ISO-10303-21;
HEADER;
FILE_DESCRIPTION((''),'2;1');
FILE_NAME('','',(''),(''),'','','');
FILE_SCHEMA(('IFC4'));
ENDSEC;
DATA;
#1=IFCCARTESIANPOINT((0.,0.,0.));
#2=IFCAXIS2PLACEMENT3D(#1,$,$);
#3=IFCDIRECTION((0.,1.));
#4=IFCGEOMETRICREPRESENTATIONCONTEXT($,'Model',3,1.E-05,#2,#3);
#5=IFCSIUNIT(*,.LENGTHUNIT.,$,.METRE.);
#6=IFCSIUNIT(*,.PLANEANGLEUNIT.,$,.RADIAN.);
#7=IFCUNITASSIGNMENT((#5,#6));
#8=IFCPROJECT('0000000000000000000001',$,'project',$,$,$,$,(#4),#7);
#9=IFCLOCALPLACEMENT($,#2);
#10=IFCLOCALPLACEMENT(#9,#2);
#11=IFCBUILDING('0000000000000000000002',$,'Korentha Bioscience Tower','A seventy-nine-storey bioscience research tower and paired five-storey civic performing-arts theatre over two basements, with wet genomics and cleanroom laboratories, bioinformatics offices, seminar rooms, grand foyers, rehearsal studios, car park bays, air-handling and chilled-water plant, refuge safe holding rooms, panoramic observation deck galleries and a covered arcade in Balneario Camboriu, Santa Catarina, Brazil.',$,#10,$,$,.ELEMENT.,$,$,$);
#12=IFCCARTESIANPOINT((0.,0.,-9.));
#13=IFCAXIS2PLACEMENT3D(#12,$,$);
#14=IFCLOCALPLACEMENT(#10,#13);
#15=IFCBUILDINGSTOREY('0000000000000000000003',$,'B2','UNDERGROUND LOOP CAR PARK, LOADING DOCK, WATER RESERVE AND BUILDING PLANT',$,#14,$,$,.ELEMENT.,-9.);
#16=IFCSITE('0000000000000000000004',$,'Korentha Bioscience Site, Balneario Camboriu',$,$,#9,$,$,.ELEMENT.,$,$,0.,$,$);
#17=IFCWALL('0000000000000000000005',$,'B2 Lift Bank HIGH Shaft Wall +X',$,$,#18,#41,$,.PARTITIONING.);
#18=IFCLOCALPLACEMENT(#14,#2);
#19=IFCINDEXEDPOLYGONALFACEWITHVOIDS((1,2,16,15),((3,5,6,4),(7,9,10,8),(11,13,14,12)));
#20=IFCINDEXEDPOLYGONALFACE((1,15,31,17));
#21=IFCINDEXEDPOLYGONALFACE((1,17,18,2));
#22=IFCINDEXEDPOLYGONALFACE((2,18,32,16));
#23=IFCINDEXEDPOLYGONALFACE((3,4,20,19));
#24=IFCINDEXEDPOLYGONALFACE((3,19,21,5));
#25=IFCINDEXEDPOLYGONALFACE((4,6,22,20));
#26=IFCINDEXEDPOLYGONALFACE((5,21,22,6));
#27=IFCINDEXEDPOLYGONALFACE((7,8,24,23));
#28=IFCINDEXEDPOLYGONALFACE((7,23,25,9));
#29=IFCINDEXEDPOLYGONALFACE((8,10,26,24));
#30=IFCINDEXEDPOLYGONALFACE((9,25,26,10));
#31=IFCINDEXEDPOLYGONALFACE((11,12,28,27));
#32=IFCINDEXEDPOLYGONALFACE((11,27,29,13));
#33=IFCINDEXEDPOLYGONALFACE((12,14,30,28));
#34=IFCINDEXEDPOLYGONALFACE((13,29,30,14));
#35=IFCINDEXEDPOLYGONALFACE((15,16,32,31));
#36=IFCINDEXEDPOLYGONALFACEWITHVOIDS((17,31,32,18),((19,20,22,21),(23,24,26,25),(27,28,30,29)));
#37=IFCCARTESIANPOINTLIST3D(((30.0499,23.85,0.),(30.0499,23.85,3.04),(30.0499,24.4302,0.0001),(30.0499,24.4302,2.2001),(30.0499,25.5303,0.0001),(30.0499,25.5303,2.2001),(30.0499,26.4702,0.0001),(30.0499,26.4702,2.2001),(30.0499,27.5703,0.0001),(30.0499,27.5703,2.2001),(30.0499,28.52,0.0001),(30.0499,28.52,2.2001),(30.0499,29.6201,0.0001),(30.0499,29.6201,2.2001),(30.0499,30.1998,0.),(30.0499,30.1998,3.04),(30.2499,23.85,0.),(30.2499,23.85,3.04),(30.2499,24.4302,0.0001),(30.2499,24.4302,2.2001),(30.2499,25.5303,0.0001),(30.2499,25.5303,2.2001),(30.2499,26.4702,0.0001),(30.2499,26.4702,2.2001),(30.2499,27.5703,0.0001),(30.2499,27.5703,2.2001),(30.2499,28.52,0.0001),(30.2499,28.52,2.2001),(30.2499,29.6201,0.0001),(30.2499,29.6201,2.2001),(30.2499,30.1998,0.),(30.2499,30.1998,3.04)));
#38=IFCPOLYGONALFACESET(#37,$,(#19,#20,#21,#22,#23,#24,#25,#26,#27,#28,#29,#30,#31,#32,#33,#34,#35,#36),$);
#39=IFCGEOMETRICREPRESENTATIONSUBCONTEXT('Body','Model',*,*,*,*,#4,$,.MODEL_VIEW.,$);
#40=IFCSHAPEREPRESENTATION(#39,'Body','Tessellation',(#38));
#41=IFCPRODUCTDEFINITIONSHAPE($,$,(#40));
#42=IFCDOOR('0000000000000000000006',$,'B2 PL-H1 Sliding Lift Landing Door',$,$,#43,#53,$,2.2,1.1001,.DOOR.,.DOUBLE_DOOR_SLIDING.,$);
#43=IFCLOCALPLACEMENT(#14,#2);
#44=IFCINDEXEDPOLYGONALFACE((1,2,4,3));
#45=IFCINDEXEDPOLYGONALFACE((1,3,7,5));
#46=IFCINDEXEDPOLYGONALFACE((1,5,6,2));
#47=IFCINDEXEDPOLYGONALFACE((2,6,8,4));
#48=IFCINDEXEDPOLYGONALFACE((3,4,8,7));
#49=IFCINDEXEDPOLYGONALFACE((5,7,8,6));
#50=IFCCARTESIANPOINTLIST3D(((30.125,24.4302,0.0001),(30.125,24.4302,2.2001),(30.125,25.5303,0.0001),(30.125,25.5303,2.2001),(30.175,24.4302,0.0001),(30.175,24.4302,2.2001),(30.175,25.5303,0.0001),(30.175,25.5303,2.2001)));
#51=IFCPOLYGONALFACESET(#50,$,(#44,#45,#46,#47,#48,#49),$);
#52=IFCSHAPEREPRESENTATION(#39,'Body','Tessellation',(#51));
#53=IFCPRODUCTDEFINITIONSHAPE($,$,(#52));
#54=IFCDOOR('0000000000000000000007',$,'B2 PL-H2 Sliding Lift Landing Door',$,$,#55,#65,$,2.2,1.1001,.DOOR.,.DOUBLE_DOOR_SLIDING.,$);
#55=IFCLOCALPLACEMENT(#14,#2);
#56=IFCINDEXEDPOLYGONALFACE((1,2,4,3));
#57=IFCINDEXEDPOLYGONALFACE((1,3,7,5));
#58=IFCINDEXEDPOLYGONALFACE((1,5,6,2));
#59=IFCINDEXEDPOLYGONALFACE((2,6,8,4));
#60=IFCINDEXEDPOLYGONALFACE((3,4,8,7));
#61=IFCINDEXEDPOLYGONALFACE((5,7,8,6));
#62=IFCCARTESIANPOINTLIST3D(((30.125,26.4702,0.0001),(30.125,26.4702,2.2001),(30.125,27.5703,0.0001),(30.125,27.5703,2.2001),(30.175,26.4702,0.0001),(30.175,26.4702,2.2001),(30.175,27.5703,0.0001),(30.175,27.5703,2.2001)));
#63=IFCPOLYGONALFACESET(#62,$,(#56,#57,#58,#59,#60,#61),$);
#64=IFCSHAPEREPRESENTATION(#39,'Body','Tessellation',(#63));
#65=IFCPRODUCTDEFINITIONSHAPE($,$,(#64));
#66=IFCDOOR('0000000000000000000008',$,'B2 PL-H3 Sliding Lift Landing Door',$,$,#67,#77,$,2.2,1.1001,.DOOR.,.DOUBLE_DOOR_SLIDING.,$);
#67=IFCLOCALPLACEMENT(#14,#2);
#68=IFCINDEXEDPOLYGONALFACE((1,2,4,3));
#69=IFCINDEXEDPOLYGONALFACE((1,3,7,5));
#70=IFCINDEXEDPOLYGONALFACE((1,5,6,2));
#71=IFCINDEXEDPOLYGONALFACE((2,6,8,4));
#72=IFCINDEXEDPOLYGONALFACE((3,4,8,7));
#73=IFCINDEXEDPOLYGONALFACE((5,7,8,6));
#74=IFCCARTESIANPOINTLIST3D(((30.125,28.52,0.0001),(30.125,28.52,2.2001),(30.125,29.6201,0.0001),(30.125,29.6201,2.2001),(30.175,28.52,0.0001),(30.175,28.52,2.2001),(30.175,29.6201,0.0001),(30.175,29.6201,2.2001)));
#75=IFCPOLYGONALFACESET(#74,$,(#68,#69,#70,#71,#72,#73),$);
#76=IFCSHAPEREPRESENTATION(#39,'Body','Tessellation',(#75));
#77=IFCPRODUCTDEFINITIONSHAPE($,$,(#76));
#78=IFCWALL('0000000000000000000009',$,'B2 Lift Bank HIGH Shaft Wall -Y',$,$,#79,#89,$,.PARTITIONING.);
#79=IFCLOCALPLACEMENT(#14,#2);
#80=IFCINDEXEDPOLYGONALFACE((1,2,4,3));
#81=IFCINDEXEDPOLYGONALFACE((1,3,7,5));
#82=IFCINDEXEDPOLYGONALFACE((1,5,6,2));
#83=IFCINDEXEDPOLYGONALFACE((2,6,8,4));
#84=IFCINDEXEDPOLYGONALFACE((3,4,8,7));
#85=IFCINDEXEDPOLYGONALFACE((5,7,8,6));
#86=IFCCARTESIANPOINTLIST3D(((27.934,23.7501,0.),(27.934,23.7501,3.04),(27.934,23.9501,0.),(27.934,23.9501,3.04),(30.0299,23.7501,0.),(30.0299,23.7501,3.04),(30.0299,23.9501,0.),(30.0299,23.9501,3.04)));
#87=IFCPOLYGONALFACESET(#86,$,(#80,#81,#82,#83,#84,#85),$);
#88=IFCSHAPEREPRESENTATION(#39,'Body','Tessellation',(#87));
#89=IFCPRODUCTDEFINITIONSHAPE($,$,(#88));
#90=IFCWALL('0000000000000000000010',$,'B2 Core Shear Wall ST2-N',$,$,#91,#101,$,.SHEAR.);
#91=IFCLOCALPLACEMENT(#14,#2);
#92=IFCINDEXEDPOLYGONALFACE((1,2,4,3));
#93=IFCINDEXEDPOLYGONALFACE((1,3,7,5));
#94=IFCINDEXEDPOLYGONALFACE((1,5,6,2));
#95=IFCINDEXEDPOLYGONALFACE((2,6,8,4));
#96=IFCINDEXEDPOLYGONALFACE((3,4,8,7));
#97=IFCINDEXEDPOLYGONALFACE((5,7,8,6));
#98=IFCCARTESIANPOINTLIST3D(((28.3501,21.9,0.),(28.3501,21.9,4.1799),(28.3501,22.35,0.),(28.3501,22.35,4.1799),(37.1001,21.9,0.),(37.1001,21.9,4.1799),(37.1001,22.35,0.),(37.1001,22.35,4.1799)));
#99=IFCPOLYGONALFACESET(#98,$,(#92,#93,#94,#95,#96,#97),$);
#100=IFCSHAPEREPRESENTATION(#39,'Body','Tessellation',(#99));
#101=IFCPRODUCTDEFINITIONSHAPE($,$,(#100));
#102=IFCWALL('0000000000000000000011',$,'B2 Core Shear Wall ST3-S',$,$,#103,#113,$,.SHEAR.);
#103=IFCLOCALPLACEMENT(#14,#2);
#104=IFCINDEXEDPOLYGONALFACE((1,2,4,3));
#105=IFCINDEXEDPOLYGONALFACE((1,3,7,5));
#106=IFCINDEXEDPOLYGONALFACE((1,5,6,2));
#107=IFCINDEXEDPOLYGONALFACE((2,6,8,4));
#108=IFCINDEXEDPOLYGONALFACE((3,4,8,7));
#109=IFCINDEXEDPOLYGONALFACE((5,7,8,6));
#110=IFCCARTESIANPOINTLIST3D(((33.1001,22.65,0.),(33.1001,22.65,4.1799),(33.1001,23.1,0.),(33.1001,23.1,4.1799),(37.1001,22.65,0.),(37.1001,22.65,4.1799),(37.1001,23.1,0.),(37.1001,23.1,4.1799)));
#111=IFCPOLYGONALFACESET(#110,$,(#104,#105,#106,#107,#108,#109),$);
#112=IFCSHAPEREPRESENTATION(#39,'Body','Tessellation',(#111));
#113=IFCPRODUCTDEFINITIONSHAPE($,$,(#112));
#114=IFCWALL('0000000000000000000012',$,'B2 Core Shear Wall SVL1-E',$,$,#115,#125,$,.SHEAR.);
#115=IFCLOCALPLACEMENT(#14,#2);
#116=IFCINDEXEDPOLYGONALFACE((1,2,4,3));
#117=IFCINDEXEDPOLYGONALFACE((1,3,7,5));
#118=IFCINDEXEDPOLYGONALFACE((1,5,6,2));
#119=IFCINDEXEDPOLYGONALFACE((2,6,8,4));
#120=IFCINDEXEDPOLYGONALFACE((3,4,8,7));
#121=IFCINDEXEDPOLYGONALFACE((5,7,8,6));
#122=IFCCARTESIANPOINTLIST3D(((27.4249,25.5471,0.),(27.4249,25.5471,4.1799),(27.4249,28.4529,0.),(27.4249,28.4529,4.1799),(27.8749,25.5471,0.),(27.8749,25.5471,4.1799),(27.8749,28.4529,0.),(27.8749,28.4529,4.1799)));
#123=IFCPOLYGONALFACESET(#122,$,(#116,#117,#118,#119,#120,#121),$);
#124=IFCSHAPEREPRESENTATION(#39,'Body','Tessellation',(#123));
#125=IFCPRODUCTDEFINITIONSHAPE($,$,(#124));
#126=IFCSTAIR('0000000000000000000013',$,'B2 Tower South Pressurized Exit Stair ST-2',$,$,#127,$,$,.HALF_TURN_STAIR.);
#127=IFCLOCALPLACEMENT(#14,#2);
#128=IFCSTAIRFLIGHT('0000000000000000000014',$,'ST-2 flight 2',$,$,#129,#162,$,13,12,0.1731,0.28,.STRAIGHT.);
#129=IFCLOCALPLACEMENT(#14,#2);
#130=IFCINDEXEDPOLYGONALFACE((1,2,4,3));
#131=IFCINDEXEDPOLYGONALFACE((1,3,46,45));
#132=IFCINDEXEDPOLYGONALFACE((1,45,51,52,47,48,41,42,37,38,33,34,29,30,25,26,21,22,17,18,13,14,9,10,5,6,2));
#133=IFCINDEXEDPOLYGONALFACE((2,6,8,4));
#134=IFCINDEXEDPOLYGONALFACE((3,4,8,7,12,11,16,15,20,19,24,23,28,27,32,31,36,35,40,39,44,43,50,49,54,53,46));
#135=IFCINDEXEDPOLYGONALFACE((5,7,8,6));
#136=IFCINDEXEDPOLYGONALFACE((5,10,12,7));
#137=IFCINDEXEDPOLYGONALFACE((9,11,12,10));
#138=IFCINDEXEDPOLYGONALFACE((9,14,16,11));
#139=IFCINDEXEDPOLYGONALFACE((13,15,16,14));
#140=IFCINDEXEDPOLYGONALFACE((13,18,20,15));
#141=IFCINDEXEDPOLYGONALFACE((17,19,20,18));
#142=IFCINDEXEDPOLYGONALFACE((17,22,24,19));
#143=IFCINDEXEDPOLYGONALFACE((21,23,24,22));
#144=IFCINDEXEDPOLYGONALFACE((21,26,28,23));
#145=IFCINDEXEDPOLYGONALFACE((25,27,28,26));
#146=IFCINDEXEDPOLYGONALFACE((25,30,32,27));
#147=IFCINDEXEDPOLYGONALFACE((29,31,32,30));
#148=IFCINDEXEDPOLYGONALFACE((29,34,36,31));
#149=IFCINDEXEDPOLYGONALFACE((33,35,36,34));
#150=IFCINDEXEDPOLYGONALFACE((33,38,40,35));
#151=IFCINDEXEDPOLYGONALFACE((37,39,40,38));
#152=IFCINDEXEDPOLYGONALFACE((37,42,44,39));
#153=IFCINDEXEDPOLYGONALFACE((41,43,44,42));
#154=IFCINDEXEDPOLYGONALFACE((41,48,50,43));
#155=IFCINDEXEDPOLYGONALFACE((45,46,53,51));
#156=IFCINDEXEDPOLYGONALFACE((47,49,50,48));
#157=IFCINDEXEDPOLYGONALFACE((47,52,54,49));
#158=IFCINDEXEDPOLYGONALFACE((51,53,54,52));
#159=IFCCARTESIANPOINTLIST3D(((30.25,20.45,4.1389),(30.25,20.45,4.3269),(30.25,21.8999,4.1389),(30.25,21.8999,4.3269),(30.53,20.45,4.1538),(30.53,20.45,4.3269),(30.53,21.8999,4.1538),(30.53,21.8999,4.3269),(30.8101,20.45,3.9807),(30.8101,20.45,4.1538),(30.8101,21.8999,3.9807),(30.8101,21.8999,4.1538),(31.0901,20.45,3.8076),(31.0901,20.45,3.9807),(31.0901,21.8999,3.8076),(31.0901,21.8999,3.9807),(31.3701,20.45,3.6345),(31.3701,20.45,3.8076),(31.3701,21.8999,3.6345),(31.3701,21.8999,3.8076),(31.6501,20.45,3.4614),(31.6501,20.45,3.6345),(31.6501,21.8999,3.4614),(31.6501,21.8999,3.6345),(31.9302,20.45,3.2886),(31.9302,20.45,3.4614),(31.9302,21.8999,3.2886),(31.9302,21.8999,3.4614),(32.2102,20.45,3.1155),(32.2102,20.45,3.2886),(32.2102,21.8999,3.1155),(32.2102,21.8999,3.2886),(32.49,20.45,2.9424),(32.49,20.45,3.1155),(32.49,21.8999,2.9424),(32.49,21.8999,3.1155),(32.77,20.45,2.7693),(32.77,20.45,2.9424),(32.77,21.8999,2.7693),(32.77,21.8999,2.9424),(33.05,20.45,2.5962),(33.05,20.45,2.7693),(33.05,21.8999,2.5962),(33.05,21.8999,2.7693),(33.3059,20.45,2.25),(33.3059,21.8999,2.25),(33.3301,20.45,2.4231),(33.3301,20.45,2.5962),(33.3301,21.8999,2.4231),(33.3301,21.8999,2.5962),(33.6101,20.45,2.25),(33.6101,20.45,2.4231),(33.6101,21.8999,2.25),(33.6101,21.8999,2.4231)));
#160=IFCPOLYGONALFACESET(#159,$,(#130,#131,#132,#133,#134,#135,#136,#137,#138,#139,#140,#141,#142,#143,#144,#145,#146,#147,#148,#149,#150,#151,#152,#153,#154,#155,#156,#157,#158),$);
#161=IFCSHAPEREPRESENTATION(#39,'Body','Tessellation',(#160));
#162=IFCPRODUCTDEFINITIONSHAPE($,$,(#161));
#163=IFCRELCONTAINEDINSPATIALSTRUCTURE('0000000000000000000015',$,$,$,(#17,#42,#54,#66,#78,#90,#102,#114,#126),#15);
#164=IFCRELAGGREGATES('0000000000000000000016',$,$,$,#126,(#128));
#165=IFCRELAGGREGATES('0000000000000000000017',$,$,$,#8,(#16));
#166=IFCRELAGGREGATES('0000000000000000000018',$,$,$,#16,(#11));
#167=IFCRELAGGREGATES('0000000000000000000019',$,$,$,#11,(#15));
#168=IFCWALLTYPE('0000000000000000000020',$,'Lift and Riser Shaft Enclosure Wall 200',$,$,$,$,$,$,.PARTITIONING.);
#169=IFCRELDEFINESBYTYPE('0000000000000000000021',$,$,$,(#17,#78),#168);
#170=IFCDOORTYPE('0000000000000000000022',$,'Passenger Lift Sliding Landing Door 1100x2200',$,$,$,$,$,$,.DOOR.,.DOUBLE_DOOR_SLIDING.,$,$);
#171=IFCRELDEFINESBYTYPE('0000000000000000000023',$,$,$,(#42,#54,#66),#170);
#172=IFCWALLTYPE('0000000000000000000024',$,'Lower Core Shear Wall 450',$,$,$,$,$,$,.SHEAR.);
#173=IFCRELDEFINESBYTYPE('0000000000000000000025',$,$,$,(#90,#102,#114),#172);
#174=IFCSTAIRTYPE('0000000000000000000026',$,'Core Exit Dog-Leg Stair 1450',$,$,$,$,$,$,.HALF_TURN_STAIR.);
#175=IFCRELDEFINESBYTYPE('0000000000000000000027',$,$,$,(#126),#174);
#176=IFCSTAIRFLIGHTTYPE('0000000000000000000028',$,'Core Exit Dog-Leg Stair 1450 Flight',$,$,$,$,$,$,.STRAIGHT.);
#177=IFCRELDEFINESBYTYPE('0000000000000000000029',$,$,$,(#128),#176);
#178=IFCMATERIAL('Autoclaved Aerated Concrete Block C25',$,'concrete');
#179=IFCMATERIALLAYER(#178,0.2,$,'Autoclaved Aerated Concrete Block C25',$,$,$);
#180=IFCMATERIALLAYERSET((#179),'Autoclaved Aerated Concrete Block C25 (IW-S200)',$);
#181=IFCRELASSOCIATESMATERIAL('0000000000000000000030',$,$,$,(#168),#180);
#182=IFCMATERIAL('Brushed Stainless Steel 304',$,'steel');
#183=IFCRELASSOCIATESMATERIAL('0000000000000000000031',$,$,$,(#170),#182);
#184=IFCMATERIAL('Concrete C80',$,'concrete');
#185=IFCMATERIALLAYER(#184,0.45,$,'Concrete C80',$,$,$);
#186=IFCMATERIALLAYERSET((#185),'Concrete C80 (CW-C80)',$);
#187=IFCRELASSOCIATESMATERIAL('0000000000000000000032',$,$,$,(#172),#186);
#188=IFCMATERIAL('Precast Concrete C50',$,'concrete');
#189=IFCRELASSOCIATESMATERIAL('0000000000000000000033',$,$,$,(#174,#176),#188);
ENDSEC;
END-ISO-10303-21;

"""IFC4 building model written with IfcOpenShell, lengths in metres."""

from ifc_helpers import new_model, si_unit, direction, frame, frame_2d, origin, place, context, subcontext, project, spatial, polyline, rectangle, outline, extrude, material, layer, layer_set, type_object, element, fill, aggregate, save


model = new_model("IFC4")

# Units and contexts
model_context = context("Model", 3, precision=1e-05, world=origin(), true_north=direction((0.0, 1.0)))
body_context = subcontext(model_context, "Body", "Model", "MODEL_VIEW")
ifc_project = project(units=[si_unit("LENGTHUNIT", "METRE"), si_unit("PLANEANGLEUNIT", "RADIAN")], contexts=[model_context])

# Site, building, storey
site_placement = place(None, origin())
site = spatial("IfcSite", under=ifc_project, at=site_placement, Name="Korentha Bioscience Site, Balneario Camboriu", CompositionType="ELEMENT", RefElevation=0.0)
building_placement = place(site_placement, origin())
building = spatial("IfcBuilding", under=site, at=building_placement, Name="Korentha Bioscience Tower", Description="A seventy-nine-storey bioscience research tower and paired five-storey civic performing-arts theatre over two basements, with wet genomics and cleanroom laboratories, bioinformatics offices, seminar rooms, grand foyers, rehearsal studios, car park bays, air-handling and chilled-water plant, refuge safe holding rooms, panoramic observation deck galleries and a covered arcade in Balneario Camboriu, Santa Catarina, Brazil.", CompositionType="ELEMENT")
storey_placement = place(building_placement, frame((0.0, 0.0, -9.0)))
storey = spatial("IfcBuildingStorey", under=building, at=storey_placement, Name="B2", Description="UNDERGROUND LOOP CAR PARK, LOADING DOCK, WATER RESERVE AND BUILDING PLANT", CompositionType="ELEMENT", Elevation=-9.0)

# Shared definitions
ifc_material_1 = material(Name="Autoclaved Aerated Concrete Block C25", Category="concrete")
ifc_layer_1 = layer(ifc_material_1, 0.2, Name="Autoclaved Aerated Concrete Block C25")
ifc_layer_set_1 = layer_set([ifc_layer_1], Name="Autoclaved Aerated Concrete Block C25 (IW-S200)")
wall_type_1 = type_object("IfcWallType", Name="Lift and Riser Shaft Enclosure Wall 200", PredefinedType="PARTITIONING", material=ifc_layer_set_1)

# Wall, openings, doors
wall_1_placement = place(storey_placement, frame((30.1499, 23.8501, 0.0), z_axis=(0.0, 0.0, 1.0), x_axis=(0.0, 1.0, 0.0)))
wall_1 = element("IfcWall", 1, at=wall_1_placement, inside=storey, type_object=wall_type_1, Name="B2 Lift Bank HIGH Shaft Wall +X", PredefinedType="PARTITIONING", context=body_context, shape_type="SweptSolid", body=[
    extrude(rectangle(XDim=6.3499, YDim=0.2, at=frame_2d((3.1748, 0.0))), origin(), (0.0, 0.0, 1.0), 3.04),
])
opening_1_placement = place(wall_1_placement, frame((0.5801, 0.0, 0.0)))
opening_1 = element("IfcOpeningElement", 2, at=opening_1_placement, cuts=wall_1, PredefinedType="OPENING", context=body_context, shape_type="SweptSolid", body=[
    extrude(rectangle(XDim=1.1001, YDim=2.2, at=frame_2d((0.55, 1.1001))), frame((0.0, 0.1147, 0.0), z_axis=(0.0, -1.0, 0.0), x_axis=(1.0, 0.0, 0.0)), (0.0, 0.0, 1.0), 0.2297),
])
opening_2_placement = place(wall_1_placement, frame((2.6201, 0.0, 0.0)))
opening_2 = element("IfcOpeningElement", 3, at=opening_2_placement, cuts=wall_1, PredefinedType="OPENING", context=body_context, shape_type="SweptSolid", body=[
    extrude(rectangle(XDim=1.1001, YDim=2.2, at=frame_2d((0.55, 1.1001))), frame((0.0, 0.1147, 0.0), z_axis=(0.0, -1.0, 0.0), x_axis=(1.0, 0.0, 0.0)), (0.0, 0.0, 1.0), 0.2297),
])
opening_3_placement = place(wall_1_placement, frame((4.6699, 0.0, 0.0)))
opening_3 = element("IfcOpeningElement", 4, at=opening_3_placement, cuts=wall_1, PredefinedType="OPENING", context=body_context, shape_type="SweptSolid", body=[
    extrude(rectangle(XDim=1.1001, YDim=2.2, at=frame_2d((0.55, 1.1001))), frame((0.0, 0.1147, 0.0), z_axis=(0.0, -1.0, 0.0), x_axis=(1.0, 0.0, 0.0)), (0.0, 0.0, 1.0), 0.2297),
])
ifc_material_2 = material(Name="Brushed Stainless Steel 304", Category="steel")
door_type_1 = type_object("IfcDoorType", Name="Passenger Lift Sliding Landing Door 1100x2200", OperationType="DOUBLE_DOOR_SLIDING", PredefinedType="DOOR", material=ifc_material_2)
door_1_placement = place(opening_1_placement, origin())
door_1 = element("IfcDoor", 5, at=door_1_placement, inside=storey, type_object=door_type_1, Name="B2 PL-H1 Sliding Lift Landing Door", OperationType="DOUBLE_DOOR_SLIDING", OverallHeight=2.2, OverallWidth=1.1001, PredefinedType="DOOR", context=body_context, shape_type="SweptSolid", body=[
    extrude(rectangle(XDim=1.1001, YDim=2.2, at=frame_2d((0.55, 1.1001))), frame((0.0, 0.0249, 0.0), z_axis=(0.0, -1.0, 0.0), x_axis=(1.0, 0.0, 0.0)), (0.0, 0.0, 1.0), 0.05),
])
fill(opening_1, door_1)
door_2_placement = place(opening_2_placement, origin())
door_2 = element("IfcDoor", 6, at=door_2_placement, inside=storey, type_object=door_type_1, Name="B2 PL-H2 Sliding Lift Landing Door", OperationType="DOUBLE_DOOR_SLIDING", OverallHeight=2.2, OverallWidth=1.1001, PredefinedType="DOOR", context=body_context, shape_type="SweptSolid", body=[
    extrude(rectangle(XDim=1.1001, YDim=2.2, at=frame_2d((0.55, 1.1001))), frame((0.0, 0.0249, 0.0), z_axis=(0.0, -1.0, 0.0), x_axis=(1.0, 0.0, 0.0)), (0.0, 0.0, 1.0), 0.05),
])
fill(opening_2, door_2)
door_3_placement = place(opening_3_placement, origin())
door_3 = element("IfcDoor", 7, at=door_3_placement, inside=storey, type_object=door_type_1, Name="B2 PL-H3 Sliding Lift Landing Door", OperationType="DOUBLE_DOOR_SLIDING", OverallHeight=2.2, OverallWidth=1.1001, PredefinedType="DOOR", context=body_context, shape_type="SweptSolid", body=[
    extrude(rectangle(XDim=1.1001, YDim=2.2, at=frame_2d((0.55, 1.1001))), frame((0.0, 0.0249, 0.0), z_axis=(0.0, -1.0, 0.0), x_axis=(1.0, 0.0, 0.0)), (0.0, 0.0, 1.0), 0.05),
])
fill(opening_3, door_3)

# Walls
wall_2_placement = place(storey_placement, frame((27.9341, 23.8501, 0.0), z_axis=(0.0, 0.0, 1.0), x_axis=(1.0, 0.0, 0.0)))
element("IfcWall", 8, at=wall_2_placement, inside=storey, type_object=wall_type_1, Name="B2 Lift Bank HIGH Shaft Wall -Y", PredefinedType="PARTITIONING", context=body_context, shape_type="SweptSolid", body=[
    extrude(rectangle(XDim=2.0959, YDim=0.2, at=frame_2d((1.0479, 0.0))), origin(), (0.0, 0.0, 1.0), 3.04),
])
ifc_material_3 = material(Name="Concrete C80", Category="concrete")
ifc_layer_2 = layer(ifc_material_3, 0.45, Name="Concrete C80")
ifc_layer_set_2 = layer_set([ifc_layer_2], Name="Concrete C80 (CW-C80)")
wall_type_2 = type_object("IfcWallType", Name="Lower Core Shear Wall 450", PredefinedType="SHEAR", material=ifc_layer_set_2)
wall_3_placement = place(storey_placement, frame((28.3501, 22.125, 0.0), z_axis=(0.0, 0.0, 1.0), x_axis=(1.0, 0.0, 0.0)))
element("IfcWall", 9, at=wall_3_placement, inside=storey, type_object=wall_type_2, Name="B2 Core Shear Wall ST2-N", PredefinedType="SHEAR", context=body_context, shape_type="SweptSolid", body=[
    extrude(rectangle(XDim=8.75, YDim=0.45, at=frame_2d((4.375, 0.0))), origin(), (0.0, 0.0, 1.0), 4.1799),
])
wall_4_placement = place(storey_placement, frame((33.1001, 22.875, 0.0), z_axis=(0.0, 0.0, 1.0), x_axis=(1.0, 0.0, 0.0)))
element("IfcWall", 10, at=wall_4_placement, inside=storey, type_object=wall_type_2, Name="B2 Core Shear Wall ST3-S", PredefinedType="SHEAR", context=body_context, shape_type="SweptSolid", body=[
    extrude(rectangle(XDim=4.0, YDim=0.45, at=frame_2d((2.0, 0.0))), origin(), (0.0, 0.0, 1.0), 4.1799),
])

# Wall
wall_5_placement = place(storey_placement, frame((27.6499, 25.5471, 0.0), z_axis=(0.0, 0.0, 1.0), x_axis=(0.0, 1.0, 0.0)))
element("IfcWall", 11, at=wall_5_placement, inside=storey, type_object=wall_type_2, Name="B2 Core Shear Wall SVL1-E", PredefinedType="SHEAR", context=body_context, shape_type="SweptSolid", body=[
    extrude(rectangle(XDim=2.9058, YDim=0.45, at=frame_2d((1.4529, 0.0))), origin(), (0.0, 0.0, 1.0), 4.1799),
])

# Stair, stair flight
ifc_material_4 = material(Name="Precast Concrete C50", Category="concrete")
stair_type = type_object("IfcStairType", Name="Core Exit Dog-Leg Stair 1450", PredefinedType="HALF_TURN_STAIR", material=ifc_material_4)
stair_1_placement = place(storey_placement, origin())
stair_1 = element("IfcStair", 12, at=stair_1_placement, inside=storey, type_object=stair_type, Name="B2 Tower South Pressurized Exit Stair ST-2", PredefinedType="HALF_TURN_STAIR")
stair_flight_type = type_object("IfcStairFlightType", Name="Core Exit Dog-Leg Stair 1450 Flight", PredefinedType="STRAIGHT", material=ifc_material_4)
stair_flight_1_placement = place(storey_placement, frame((33.6101, 21.175, 2.25), z_axis=(0.0, 0.0, 1.0), x_axis=(-1.0, 0.0, 0.0)))
stair_flight_1 = element("IfcStairFlight", 13, at=stair_flight_1_placement, type_object=stair_flight_type, Name="ST-2 flight 2", NumberOfRisers=13, NumberOfTreads=12, PredefinedType="STRAIGHT", RiserHeight=0.1731, TreadLength=0.28, context=body_context, shape_type="SweptSolid", body=[
    extrude(outline(polyline([(0.0, 0.0), (0.0, 0.1731), (0.28, 0.1731), (0.28, 0.3462), (0.5601, 0.3462), (0.5601, 0.5193), (0.8401, 0.5193), (0.8401, 0.6924), (1.1201, 0.6924), (1.1201, 0.8655), (1.3999, 0.8655), (1.3999, 1.0386), (1.6799, 1.0386), (1.6799, 1.2114), (1.96, 1.2114), (1.96, 1.3845), (2.24, 1.3845), (2.24, 1.5576), (2.52, 1.5576), (2.52, 1.7307), (2.8, 1.7307), (2.8, 1.9038), (3.0801, 1.9038), (3.0801, 2.0769), (3.3601, 2.0769), (3.3601, 2.25), (3.3601, 1.8889), (0.3042, 0.0), (0.0, 0.0)])), frame((0.0, 0.7251, 0.0), z_axis=(0.0, -1.0, 0.0), x_axis=(1.0, 0.0, 0.0)), (0.0, 0.0, 1.0), 1.45),
])
aggregate(stair_1, [stair_flight_1])

save(model, "model.ifc")
